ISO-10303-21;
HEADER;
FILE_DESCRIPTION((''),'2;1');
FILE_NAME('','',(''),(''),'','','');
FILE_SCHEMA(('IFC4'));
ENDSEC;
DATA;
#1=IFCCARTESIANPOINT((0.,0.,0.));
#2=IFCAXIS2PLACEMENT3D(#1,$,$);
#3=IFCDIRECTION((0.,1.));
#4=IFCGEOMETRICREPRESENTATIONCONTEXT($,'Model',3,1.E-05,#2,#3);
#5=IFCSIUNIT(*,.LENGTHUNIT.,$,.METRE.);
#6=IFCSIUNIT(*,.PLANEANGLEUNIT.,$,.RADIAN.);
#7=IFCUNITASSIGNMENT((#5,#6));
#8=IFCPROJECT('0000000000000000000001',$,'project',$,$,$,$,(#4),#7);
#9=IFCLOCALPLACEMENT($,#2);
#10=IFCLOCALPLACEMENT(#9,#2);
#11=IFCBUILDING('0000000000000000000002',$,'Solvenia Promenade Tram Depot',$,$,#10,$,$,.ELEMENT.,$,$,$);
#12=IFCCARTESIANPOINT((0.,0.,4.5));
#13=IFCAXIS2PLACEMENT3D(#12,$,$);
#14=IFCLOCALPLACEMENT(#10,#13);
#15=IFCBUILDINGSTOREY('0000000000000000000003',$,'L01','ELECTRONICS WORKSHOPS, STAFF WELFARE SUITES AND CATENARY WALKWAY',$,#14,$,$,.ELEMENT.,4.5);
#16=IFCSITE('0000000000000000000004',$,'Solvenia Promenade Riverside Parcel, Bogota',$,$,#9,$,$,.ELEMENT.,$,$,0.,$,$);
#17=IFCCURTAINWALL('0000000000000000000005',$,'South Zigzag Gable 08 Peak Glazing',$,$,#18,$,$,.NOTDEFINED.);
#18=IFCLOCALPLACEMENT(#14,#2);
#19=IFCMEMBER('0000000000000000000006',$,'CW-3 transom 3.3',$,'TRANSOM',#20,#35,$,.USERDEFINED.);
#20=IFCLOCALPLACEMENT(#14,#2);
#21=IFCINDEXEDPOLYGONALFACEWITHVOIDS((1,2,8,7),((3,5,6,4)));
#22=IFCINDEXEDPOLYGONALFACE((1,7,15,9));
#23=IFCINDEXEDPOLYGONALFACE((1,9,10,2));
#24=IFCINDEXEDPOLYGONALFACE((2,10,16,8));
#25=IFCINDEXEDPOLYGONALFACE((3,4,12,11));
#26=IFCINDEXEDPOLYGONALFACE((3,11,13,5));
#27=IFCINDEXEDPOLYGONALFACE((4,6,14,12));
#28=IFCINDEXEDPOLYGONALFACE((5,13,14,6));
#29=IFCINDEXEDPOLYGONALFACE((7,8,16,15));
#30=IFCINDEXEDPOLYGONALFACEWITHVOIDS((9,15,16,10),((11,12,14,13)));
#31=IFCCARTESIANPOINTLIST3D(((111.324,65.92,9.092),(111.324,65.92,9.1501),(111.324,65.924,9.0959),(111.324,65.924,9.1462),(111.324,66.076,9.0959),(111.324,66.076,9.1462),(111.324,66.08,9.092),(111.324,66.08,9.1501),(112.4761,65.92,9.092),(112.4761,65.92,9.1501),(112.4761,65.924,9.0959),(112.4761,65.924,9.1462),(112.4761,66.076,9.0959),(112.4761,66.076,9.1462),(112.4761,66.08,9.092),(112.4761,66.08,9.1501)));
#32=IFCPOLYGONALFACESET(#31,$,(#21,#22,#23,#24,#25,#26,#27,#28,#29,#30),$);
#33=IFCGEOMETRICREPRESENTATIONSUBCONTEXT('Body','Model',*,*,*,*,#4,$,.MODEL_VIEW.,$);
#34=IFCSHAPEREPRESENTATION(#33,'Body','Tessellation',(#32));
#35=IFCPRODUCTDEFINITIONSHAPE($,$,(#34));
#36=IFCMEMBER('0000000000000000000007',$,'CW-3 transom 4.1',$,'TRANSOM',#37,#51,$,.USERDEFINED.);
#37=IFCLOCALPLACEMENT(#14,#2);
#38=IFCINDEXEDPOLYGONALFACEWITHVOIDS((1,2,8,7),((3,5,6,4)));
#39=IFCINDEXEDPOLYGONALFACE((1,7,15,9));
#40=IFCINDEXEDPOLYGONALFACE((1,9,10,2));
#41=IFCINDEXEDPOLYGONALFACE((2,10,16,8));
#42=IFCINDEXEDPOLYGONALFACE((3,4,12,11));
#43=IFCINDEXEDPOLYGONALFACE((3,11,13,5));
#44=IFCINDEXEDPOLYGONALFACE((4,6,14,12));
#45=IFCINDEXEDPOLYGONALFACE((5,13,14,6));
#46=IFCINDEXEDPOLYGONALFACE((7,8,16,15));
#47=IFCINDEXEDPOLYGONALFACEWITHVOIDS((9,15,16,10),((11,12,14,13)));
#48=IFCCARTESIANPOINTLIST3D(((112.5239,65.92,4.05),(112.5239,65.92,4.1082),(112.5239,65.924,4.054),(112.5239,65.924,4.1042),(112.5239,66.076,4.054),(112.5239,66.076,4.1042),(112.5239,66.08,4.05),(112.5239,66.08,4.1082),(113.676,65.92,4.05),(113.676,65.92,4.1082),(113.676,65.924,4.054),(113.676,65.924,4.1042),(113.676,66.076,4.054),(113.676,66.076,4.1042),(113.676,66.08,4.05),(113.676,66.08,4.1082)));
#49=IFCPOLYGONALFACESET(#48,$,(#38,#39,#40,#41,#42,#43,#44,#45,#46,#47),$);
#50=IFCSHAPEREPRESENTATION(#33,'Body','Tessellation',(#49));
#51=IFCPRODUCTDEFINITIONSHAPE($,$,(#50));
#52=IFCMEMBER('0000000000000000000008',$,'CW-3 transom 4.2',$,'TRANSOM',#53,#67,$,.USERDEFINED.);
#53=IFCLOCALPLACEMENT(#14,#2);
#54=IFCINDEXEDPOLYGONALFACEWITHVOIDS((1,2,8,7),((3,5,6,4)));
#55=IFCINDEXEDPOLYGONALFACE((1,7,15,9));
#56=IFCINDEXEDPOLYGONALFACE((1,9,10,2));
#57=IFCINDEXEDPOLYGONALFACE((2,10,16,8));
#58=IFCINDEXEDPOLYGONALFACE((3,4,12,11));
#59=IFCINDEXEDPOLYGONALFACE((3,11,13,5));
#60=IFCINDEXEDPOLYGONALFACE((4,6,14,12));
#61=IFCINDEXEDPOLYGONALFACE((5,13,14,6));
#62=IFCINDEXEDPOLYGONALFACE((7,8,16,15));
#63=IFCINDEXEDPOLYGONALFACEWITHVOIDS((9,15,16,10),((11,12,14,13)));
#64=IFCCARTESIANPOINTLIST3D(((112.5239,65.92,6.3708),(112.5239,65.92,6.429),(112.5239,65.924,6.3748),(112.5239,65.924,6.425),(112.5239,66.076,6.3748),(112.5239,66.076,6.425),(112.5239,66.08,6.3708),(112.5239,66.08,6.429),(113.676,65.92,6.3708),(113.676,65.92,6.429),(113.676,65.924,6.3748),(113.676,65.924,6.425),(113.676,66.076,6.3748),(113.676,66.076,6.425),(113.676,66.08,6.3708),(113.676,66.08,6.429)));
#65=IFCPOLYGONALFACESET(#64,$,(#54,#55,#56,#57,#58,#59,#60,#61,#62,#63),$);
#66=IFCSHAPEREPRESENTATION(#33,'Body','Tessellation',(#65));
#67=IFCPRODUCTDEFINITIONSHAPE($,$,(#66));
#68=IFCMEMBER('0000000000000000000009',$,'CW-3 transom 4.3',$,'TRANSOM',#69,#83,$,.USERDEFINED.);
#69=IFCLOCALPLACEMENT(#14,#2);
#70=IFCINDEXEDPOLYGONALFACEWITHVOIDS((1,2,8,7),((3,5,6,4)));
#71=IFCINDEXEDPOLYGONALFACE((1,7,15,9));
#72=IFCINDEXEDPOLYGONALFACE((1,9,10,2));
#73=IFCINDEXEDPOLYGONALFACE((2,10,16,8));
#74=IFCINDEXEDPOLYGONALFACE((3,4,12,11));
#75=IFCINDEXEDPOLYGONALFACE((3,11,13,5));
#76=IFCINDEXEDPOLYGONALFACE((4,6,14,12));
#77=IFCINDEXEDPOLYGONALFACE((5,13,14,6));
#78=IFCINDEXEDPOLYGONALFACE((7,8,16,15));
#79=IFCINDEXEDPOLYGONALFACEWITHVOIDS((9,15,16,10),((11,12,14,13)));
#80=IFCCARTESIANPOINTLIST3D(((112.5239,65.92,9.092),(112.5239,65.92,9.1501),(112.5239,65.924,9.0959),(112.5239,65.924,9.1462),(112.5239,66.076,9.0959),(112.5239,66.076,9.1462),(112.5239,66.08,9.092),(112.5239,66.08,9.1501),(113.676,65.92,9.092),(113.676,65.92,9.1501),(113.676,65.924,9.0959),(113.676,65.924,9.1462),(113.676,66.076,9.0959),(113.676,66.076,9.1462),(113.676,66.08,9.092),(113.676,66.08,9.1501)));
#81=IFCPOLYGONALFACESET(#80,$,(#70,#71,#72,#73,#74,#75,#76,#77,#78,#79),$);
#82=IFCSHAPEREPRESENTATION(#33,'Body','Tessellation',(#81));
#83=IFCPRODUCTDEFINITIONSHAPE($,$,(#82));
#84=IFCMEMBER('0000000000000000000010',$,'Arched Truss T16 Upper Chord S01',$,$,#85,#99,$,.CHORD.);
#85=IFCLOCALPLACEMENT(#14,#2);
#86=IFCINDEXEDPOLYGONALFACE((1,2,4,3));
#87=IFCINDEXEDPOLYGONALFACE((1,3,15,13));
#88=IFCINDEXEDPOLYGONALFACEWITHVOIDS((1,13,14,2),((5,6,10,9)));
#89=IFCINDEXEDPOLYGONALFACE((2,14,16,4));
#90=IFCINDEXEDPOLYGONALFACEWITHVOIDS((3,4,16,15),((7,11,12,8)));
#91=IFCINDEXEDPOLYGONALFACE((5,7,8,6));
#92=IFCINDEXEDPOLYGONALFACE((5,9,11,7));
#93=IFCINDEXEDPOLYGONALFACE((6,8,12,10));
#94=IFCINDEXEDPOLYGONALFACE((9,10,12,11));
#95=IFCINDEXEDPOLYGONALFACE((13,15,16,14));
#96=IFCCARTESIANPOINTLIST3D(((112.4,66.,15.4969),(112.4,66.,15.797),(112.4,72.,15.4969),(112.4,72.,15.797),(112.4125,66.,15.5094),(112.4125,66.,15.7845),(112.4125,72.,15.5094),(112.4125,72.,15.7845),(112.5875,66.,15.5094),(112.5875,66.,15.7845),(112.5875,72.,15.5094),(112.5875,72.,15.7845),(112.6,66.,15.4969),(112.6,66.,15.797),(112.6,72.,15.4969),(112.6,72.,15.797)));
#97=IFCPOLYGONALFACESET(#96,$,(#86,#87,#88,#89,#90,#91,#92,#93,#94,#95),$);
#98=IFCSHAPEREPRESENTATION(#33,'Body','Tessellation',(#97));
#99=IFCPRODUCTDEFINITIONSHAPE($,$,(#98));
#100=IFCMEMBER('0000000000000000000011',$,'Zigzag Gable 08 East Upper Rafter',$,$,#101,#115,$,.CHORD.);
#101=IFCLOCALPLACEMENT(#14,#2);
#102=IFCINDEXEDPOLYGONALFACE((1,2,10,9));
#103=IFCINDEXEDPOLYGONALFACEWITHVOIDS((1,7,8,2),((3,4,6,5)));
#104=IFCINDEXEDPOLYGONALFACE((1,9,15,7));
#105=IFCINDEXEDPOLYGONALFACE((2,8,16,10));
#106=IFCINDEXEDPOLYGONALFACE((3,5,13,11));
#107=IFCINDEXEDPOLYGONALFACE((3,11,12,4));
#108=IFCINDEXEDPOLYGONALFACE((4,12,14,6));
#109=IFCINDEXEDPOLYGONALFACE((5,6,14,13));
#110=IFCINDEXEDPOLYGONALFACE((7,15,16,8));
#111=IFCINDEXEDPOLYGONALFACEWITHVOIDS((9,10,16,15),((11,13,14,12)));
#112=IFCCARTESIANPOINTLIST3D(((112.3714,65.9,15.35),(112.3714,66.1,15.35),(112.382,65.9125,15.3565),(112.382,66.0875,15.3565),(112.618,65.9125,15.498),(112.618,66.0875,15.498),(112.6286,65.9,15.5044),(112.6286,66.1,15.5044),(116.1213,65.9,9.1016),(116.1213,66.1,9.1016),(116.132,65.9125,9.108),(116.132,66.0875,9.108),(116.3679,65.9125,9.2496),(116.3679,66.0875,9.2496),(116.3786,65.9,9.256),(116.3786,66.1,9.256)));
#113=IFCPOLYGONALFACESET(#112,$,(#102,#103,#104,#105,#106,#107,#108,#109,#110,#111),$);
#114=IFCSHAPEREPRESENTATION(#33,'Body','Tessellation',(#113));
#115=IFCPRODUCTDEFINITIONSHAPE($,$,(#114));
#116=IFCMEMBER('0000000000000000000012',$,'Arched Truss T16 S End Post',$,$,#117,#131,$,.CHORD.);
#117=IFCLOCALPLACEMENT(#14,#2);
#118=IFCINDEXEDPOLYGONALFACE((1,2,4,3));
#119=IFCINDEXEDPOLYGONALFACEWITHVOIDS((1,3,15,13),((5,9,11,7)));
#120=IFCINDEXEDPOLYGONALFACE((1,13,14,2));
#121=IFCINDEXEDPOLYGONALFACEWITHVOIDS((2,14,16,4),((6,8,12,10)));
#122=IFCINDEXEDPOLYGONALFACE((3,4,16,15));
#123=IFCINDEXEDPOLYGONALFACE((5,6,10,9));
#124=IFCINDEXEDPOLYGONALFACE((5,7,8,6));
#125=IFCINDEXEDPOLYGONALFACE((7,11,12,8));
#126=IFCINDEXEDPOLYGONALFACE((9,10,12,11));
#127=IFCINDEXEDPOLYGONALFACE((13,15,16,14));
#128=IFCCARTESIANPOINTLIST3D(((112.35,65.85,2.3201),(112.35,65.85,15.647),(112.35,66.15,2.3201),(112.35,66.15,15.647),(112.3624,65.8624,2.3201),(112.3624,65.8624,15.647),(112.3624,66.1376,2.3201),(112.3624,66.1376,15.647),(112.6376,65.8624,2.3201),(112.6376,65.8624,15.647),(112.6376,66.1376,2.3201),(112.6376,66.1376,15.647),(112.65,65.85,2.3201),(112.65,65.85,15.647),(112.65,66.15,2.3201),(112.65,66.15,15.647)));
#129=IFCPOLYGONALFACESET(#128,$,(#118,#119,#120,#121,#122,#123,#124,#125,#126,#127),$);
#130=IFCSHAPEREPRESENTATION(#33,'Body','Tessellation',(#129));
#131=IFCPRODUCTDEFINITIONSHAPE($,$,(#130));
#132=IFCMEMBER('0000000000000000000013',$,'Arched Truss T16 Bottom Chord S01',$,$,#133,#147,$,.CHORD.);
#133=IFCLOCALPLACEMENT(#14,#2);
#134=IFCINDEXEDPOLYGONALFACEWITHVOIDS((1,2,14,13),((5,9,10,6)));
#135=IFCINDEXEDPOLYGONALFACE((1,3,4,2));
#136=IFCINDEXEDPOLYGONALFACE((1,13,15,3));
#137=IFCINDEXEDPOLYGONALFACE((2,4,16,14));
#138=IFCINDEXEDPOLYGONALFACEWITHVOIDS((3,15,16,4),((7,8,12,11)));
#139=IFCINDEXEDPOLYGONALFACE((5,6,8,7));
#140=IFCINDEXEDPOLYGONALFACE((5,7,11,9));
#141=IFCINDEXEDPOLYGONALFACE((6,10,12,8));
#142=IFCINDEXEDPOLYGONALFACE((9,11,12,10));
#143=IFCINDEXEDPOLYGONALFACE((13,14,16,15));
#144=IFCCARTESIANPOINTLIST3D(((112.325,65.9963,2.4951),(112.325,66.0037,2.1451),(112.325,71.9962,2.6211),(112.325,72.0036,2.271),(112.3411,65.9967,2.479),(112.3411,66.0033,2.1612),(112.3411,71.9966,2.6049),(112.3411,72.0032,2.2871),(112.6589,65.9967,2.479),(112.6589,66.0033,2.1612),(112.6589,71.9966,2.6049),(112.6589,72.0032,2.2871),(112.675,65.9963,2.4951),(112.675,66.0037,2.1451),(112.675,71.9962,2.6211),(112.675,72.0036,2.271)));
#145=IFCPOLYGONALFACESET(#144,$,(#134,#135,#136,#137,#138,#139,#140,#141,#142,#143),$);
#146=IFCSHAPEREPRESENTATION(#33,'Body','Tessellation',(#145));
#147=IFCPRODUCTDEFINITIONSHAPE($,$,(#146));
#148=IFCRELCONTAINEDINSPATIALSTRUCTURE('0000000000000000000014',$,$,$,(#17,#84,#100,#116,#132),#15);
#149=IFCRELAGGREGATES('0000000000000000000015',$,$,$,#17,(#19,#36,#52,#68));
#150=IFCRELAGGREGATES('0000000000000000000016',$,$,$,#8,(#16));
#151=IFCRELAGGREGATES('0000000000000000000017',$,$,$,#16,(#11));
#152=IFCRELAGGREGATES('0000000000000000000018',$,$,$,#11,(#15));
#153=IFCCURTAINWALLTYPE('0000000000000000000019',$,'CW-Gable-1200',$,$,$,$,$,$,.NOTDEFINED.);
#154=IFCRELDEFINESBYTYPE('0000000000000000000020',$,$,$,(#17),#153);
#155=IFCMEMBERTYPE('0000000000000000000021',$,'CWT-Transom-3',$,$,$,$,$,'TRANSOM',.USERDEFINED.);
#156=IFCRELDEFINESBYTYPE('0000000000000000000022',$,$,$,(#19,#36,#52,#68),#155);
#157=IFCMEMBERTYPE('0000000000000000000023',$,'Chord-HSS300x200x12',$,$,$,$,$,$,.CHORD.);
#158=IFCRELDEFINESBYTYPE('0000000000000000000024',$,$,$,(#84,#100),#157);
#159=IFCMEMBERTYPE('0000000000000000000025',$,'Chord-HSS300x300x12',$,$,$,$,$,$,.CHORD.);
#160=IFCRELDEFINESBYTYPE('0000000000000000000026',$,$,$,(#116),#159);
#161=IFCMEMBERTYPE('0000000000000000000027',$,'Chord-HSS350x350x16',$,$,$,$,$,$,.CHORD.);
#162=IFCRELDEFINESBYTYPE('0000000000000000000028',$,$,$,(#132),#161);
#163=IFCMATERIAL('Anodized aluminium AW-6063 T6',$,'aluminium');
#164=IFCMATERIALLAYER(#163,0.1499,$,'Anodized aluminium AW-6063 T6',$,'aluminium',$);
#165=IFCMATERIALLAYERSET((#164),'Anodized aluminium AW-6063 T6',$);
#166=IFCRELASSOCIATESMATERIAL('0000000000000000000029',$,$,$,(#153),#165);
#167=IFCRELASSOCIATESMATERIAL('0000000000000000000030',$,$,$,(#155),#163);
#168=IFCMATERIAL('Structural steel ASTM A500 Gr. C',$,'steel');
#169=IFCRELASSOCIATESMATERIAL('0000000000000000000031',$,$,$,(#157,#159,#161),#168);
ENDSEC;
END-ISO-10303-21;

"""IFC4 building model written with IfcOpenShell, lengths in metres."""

from ifc_helpers import new_model, si_unit, direction, frame, origin, origin_2d, place, context, subcontext, project, spatial, hollow_rectangle, extrude, material, layer, layer_set, material_profile, profile_set, type_object, element, aggregate, save


model = new_model("IFC4")

# Units and contexts
model_context = context("Model", 3, precision=1e-05, world=origin(), true_north=direction((0.0, 1.0)))
body_context = subcontext(model_context, "Body", "Model", "MODEL_VIEW")
ifc_project = project(units=[si_unit("LENGTHUNIT", "METRE"), si_unit("PLANEANGLEUNIT", "RADIAN")], contexts=[model_context])

# Site, building, storey
site_placement = place(None, origin())
site = spatial("IfcSite", under=ifc_project, at=site_placement, Name="Solvenia Promenade Riverside Parcel, Bogota", CompositionType="ELEMENT", RefElevation=0.0)
building_placement = place(site_placement, origin())
building = spatial("IfcBuilding", under=site, at=building_placement, Name="Solvenia Promenade Tram Depot", CompositionType="ELEMENT")
storey_placement = place(building_placement, frame((0.0, 0.0, 4.5)))
storey = spatial("IfcBuildingStorey", under=building, at=storey_placement, Name="L01", Description="ELECTRONICS WORKSHOPS, STAFF WELFARE SUITES AND CATENARY WALKWAY", CompositionType="ELEMENT", Elevation=4.5)

# Shared definitions
ifc_material_1 = material(Name="Structural steel ASTM A500 Gr. C", Category="steel")

# Curtain wall, members
ifc_material_2 = material(Name="Anodized aluminium AW-6063 T6", Category="aluminium")
ifc_layer_1 = layer(ifc_material_2, 0.1499, Name="Anodized aluminium AW-6063 T6", Category="aluminium")
ifc_layer_set_1 = layer_set([ifc_layer_1], Name="Anodized aluminium AW-6063 T6")
curtain_wall_type = type_object("IfcCurtainWallType", Name="CW-Gable-1200", PredefinedType="NOTDEFINED", material=ifc_layer_set_1)
curtain_wall_placement = place(storey_placement, origin())
curtain_wall = element("IfcCurtainWall", 1, at=curtain_wall_placement, inside=storey, type_object=curtain_wall_type, Name="South Zigzag Gable 08 Peak Glazing", PredefinedType="NOTDEFINED")
ifc_material_profile_1 = material_profile(ifc_material_2, hollow_rectangle(XDim=0.1599, YDim=0.0581, WallThickness=0.0039, at=origin_2d()), Name="ALU-T3", Category="aluminium")
ifc_profile_set_1 = profile_set([ifc_material_profile_1], Name="Anodized aluminium AW-6063 T6")
member_type_1 = type_object("IfcMemberType", Name="CWT-Transom-3", ElementType="TRANSOM", PredefinedType="USERDEFINED", material=ifc_profile_set_1)
member_1_placement = place(storey_placement, frame((111.324, 66.0, 9.1211), z_axis=(1.0, 0.0, 0.0), x_axis=(0.0, 1.0, 0.0)))
member_1 = element("IfcMember", 2, at=member_1_placement, type_object=member_type_1, Name="CW-3 transom 3.3", ObjectType="TRANSOM", PredefinedType="USERDEFINED", context=body_context, shape_type="SweptSolid", body=[
    extrude(hollow_rectangle(XDim=0.1599, YDim=0.0581, WallThickness=0.0039, at=origin_2d()), origin(), (0.0, 0.0, 1.0), 1.1521),
])
member_2_placement = place(storey_placement, frame((112.5239, 66.0, 4.0791), z_axis=(1.0, 0.0, 0.0), x_axis=(0.0, 1.0, 0.0)))
member_2 = element("IfcMember", 3, at=member_2_placement, type_object=member_type_1, Name="CW-3 transom 4.1", ObjectType="TRANSOM", PredefinedType="USERDEFINED", context=body_context, shape_type="SweptSolid", body=[
    extrude(hollow_rectangle(XDim=0.1599, YDim=0.0581, WallThickness=0.0039, at=origin_2d()), origin(), (0.0, 0.0, 1.0), 1.1521),
])
member_3_placement = place(storey_placement, frame((112.5239, 66.0, 6.3999), z_axis=(1.0, 0.0, 0.0), x_axis=(0.0, 1.0, 0.0)))
member_3 = element("IfcMember", 4, at=member_3_placement, type_object=member_type_1, Name="CW-3 transom 4.2", ObjectType="TRANSOM", PredefinedType="USERDEFINED", context=body_context, shape_type="SweptSolid", body=[
    extrude(hollow_rectangle(XDim=0.1599, YDim=0.0581, WallThickness=0.0039, at=origin_2d()), origin(), (0.0, 0.0, 1.0), 1.1521),
])
member_4_placement = place(storey_placement, frame((112.5239, 66.0, 9.1211), z_axis=(1.0, 0.0, 0.0), x_axis=(0.0, 1.0, 0.0)))
member_4 = element("IfcMember", 5, at=member_4_placement, type_object=member_type_1, Name="CW-3 transom 4.3", ObjectType="TRANSOM", PredefinedType="USERDEFINED", context=body_context, shape_type="SweptSolid", body=[
    extrude(hollow_rectangle(XDim=0.1599, YDim=0.0581, WallThickness=0.0039, at=origin_2d()), origin(), (0.0, 0.0, 1.0), 1.1521),
])

# Members
ifc_material_profile_2 = material_profile(ifc_material_1, hollow_rectangle(XDim=0.2, YDim=0.3, WallThickness=0.0125, at=origin_2d()), Name="HSS300x200x12.5", Category="steel")
ifc_profile_set_2 = profile_set([ifc_material_profile_2], Name="Structural steel ASTM A500 Gr. C")
member_type_2 = type_object("IfcMemberType", Name="Chord-HSS300x200x12", PredefinedType="CHORD", material=ifc_profile_set_2)
member_5_placement = place(storey_placement, frame((112.5, 66.0, 15.647), z_axis=(0.0, 1.0, 0.0), x_axis=(-1.0, 0.0, 0.0)))
element("IfcMember", 6, at=member_5_placement, inside=storey, type_object=member_type_2, Name="Arched Truss T16 Upper Chord S01", PredefinedType="CHORD", context=body_context, shape_type="SweptSolid", body=[
    extrude(hollow_rectangle(XDim=0.2, YDim=0.3, WallThickness=0.0125, at=origin_2d()), origin(), (0.0, 0.0, 1.0), 6.0),
])
member_6_placement = place(storey_placement, frame((112.5, 66.0, 15.4272), z_axis=(0.514584, 0.0, -0.85744), x_axis=(0.0, 1.0, 0.0)))
element("IfcMember", 7, at=member_6_placement, inside=storey, type_object=member_type_2, Name="Zigzag Gable 08 East Upper Rafter", PredefinedType="CHORD", context=body_context, shape_type="SweptSolid", body=[
    extrude(hollow_rectangle(XDim=0.2, YDim=0.3, WallThickness=0.0125, at=origin_2d()), origin(), (0.0, 0.0, 1.0), 7.2874),
])
ifc_material_profile_3 = material_profile(ifc_material_1, hollow_rectangle(XDim=0.3, YDim=0.3, WallThickness=0.0125, at=origin_2d()), Name="HSS300x300x12.5", Category="steel")
ifc_profile_set_3 = profile_set([ifc_material_profile_3], Name="Structural steel ASTM A500 Gr. C")
member_type_3 = type_object("IfcMemberType", Name="Chord-HSS300x300x12", PredefinedType="CHORD", material=ifc_profile_set_3)
member_7_placement = place(storey_placement, frame((112.5, 66.0, 2.3201), z_axis=(0.0, 0.0, 1.0), x_axis=(1.0, 0.0, 0.0)))
element("IfcMember", 8, at=member_7_placement, inside=storey, type_object=member_type_3, Name="Arched Truss T16 S End Post", PredefinedType="CHORD", context=body_context, shape_type="SweptSolid", body=[
    extrude(hollow_rectangle(XDim=0.3, YDim=0.3, WallThickness=0.0125, at=origin_2d()), origin(), (0.0, 0.0, 1.0), 13.3269),
])
ifc_material_profile_4 = material_profile(ifc_material_1, hollow_rectangle(XDim=0.3501, YDim=0.3501, WallThickness=0.0161, at=origin_2d()), Name="HSS350x350x16", Category="steel")
ifc_profile_set_4 = profile_set([ifc_material_profile_4], Name="Structural steel ASTM A500 Gr. C")
member_type_4 = type_object("IfcMemberType", Name="Chord-HSS350x350x16", PredefinedType="CHORD", material=ifc_profile_set_4)
member_8_placement = place(storey_placement, frame((112.5, 66.0, 2.3201), z_axis=(0.0, 0.99978, 0.020991), x_axis=(-1.0, 0.0, 0.0)))
element("IfcMember", 9, at=member_8_placement, inside=storey, type_object=member_type_4, Name="Arched Truss T16 Bottom Chord S01", PredefinedType="CHORD", context=body_context, shape_type="SweptSolid", body=[
    extrude(hollow_rectangle(XDim=0.3501, YDim=0.3501, WallThickness=0.0161, at=origin_2d()), origin(), (0.0, 0.0, 1.0), 6.0012),
])

aggregate(curtain_wall, [member_1, member_2, member_3, member_4])

save(model, "model.ifc")
